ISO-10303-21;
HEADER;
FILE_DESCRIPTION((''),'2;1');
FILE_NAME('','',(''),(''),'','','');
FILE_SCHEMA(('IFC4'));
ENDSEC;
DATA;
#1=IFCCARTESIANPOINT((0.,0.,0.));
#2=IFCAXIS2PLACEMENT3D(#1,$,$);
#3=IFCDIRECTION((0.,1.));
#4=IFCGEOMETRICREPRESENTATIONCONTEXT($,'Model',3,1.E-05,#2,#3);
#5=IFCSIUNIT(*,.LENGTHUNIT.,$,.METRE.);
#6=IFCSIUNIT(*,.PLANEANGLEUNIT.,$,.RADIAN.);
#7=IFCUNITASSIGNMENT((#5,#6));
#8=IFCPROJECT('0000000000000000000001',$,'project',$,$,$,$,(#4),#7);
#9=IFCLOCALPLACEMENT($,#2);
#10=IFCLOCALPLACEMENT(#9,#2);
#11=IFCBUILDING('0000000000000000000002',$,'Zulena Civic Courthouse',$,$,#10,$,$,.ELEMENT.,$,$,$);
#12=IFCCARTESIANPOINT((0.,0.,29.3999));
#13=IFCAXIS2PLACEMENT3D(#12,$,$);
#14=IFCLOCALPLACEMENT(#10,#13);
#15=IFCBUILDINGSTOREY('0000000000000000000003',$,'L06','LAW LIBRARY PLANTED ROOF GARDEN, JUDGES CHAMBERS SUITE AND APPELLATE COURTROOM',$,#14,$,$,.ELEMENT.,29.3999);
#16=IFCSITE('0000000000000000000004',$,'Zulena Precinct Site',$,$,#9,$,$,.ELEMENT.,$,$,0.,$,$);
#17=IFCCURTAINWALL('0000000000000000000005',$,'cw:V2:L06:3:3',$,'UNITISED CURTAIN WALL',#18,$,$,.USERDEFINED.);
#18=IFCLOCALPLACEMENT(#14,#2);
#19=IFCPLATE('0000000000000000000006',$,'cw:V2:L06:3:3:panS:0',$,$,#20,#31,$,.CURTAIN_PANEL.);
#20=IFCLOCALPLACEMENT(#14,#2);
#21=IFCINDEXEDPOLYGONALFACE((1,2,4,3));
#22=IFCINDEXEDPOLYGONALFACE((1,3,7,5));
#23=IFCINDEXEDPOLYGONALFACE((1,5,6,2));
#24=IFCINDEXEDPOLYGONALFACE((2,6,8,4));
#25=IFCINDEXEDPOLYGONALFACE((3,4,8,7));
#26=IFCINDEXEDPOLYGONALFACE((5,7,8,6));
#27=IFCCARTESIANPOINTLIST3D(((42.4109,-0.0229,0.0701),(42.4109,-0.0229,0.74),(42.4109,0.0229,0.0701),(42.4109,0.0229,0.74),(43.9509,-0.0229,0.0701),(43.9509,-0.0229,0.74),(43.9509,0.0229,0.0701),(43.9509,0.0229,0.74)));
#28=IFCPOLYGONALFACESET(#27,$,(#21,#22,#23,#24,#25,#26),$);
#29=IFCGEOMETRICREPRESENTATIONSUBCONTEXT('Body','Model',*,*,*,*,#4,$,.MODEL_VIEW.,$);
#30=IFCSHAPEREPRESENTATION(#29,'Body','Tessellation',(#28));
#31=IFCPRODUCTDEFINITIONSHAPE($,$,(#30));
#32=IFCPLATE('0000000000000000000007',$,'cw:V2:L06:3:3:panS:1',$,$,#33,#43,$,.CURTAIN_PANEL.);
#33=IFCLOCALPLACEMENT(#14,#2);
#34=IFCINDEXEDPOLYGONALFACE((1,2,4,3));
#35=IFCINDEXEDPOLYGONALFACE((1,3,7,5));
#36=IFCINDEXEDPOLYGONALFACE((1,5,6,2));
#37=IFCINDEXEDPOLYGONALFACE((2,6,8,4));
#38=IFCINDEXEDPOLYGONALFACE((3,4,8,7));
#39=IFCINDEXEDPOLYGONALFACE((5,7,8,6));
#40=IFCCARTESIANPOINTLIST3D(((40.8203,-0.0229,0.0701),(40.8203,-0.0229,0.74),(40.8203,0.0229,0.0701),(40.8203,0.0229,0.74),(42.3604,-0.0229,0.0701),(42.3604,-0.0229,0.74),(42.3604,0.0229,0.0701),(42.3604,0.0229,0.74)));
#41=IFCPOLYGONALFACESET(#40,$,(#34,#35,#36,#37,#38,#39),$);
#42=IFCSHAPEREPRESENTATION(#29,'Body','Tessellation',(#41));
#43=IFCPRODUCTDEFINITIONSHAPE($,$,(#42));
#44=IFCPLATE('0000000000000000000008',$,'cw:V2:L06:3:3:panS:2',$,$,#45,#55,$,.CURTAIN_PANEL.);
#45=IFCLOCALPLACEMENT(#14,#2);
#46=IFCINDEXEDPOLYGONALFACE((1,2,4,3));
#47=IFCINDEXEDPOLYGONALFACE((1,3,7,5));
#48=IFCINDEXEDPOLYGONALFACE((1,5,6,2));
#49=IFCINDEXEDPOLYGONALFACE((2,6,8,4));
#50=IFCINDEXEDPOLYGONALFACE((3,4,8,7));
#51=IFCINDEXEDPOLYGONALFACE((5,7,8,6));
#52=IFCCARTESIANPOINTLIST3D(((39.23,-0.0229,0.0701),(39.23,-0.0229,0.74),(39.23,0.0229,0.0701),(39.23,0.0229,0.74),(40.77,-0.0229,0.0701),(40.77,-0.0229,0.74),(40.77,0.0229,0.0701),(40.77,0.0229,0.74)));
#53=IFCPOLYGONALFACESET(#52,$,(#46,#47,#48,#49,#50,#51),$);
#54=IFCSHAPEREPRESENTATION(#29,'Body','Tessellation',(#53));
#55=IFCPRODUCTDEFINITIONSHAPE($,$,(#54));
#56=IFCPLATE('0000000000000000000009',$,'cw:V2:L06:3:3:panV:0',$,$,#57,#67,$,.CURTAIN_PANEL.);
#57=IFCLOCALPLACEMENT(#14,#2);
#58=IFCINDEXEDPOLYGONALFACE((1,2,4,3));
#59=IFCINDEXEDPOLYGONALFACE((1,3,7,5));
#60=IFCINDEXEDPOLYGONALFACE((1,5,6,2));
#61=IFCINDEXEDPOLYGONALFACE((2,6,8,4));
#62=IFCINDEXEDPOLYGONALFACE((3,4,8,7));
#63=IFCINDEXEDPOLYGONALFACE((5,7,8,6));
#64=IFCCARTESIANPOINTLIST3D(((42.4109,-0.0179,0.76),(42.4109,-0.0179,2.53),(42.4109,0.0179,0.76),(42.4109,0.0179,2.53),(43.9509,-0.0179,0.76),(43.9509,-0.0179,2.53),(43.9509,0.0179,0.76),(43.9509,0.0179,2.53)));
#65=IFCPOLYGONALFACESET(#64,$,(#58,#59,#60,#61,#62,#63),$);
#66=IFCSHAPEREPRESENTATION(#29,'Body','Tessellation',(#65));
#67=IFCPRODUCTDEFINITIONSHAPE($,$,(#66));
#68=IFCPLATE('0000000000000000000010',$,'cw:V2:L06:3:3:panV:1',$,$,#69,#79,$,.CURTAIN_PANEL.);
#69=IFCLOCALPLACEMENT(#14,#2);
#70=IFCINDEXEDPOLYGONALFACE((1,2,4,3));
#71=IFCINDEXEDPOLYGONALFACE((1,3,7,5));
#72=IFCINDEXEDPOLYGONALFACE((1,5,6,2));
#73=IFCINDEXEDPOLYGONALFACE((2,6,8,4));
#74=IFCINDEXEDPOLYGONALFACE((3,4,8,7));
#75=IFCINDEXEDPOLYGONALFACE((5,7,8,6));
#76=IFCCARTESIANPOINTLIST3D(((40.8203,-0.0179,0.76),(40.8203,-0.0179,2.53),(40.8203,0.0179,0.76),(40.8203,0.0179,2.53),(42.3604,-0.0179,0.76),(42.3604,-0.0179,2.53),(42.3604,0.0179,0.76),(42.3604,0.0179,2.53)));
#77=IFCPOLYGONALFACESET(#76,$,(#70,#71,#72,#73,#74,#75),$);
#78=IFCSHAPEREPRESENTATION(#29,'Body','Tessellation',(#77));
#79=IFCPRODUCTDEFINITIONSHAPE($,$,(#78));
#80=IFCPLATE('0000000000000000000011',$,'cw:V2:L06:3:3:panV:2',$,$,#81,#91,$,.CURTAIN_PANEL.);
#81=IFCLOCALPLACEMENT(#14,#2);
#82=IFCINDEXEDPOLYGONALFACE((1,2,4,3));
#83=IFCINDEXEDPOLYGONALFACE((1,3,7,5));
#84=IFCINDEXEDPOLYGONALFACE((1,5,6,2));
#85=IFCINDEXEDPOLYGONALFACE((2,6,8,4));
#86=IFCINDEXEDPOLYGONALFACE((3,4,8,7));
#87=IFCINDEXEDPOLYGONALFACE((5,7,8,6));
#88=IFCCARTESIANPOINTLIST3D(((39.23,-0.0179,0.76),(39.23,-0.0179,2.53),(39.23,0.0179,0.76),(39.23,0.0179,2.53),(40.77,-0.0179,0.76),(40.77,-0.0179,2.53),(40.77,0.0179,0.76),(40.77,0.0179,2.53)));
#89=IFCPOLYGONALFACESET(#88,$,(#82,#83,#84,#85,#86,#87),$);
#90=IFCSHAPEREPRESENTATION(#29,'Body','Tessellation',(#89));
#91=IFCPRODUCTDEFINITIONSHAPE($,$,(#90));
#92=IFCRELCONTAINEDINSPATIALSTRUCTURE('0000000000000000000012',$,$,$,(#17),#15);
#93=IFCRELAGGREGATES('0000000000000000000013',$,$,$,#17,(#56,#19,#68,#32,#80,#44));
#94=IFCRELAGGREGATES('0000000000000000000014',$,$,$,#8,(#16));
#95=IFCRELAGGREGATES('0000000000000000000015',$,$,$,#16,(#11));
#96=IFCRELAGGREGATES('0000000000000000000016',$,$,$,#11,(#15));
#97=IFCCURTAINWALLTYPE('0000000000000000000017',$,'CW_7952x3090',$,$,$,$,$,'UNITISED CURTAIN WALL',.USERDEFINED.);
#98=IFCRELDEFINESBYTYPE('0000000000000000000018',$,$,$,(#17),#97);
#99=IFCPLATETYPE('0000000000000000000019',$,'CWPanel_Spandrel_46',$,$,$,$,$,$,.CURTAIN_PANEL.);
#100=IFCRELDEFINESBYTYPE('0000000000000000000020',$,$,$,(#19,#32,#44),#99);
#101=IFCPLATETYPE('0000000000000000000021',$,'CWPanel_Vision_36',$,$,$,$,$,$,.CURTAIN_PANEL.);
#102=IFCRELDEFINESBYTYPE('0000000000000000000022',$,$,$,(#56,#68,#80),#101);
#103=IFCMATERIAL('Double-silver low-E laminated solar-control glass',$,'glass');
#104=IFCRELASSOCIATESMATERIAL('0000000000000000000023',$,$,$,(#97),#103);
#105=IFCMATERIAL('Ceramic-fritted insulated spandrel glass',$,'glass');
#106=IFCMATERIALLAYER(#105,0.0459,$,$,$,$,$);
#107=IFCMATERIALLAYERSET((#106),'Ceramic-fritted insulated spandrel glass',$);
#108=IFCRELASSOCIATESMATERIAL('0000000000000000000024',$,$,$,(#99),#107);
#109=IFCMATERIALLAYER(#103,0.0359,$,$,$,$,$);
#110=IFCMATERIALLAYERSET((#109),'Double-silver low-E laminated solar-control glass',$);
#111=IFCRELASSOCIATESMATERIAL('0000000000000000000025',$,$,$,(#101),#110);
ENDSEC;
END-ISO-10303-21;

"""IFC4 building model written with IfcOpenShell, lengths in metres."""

from ifc_helpers import new_model, si_unit, direction, frame, origin, origin_2d, place, context, subcontext, project, spatial, rectangle, extrude, material, layer, layer_set, type_object, element, aggregate, save


model = new_model("IFC4")

# Units and contexts
model_context = context("Model", 3, precision=1e-05, world=origin(), true_north=direction((0.0, 1.0)))
body_context = subcontext(model_context, "Body", "Model", "MODEL_VIEW")
ifc_project = project(units=[si_unit("LENGTHUNIT", "METRE"), si_unit("PLANEANGLEUNIT", "RADIAN")], contexts=[model_context])

# Site, building, storey
site_placement = place(None, origin())
site = spatial("IfcSite", under=ifc_project, at=site_placement, Name="Zulena Precinct Site", CompositionType="ELEMENT", RefElevation=0.0)
building_placement = place(site_placement, origin())
building = spatial("IfcBuilding", under=site, at=building_placement, Name="Zulena Civic Courthouse", CompositionType="ELEMENT")
storey_placement = place(building_placement, frame((0.0, 0.0, 29.3999)))
storey = spatial("IfcBuildingStorey", under=building, at=storey_placement, Name="L06", Description="LAW LIBRARY PLANTED ROOF GARDEN, JUDGES CHAMBERS SUITE AND APPELLATE COURTROOM", CompositionType="ELEMENT", Elevation=29.3999)

# Curtain wall
ifc_material_1 = material(Name="Double-silver low-E laminated solar-control glass", Category="glass")
curtain_wall_type = type_object("IfcCurtainWallType", Name="CW_7952x3090", ElementType="UNITISED CURTAIN WALL", PredefinedType="USERDEFINED", material=ifc_material_1)
curtain_wall_placement = place(storey_placement, origin())
curtain_wall = element("IfcCurtainWall", 1, at=curtain_wall_placement, inside=storey, type_object=curtain_wall_type, Name="cw:V2:L06:3:3", ObjectType="UNITISED CURTAIN WALL", PredefinedType="USERDEFINED")

# Plates
ifc_material_2 = material(Name="Ceramic-fritted insulated spandrel glass", Category="glass")
ifc_layer_1 = layer(ifc_material_2, 0.0459)
ifc_layer_set_1 = layer_set([ifc_layer_1], Name="Ceramic-fritted insulated spandrel glass")
plate_type_1 = type_object("IfcPlateType", Name="CWPanel_Spandrel_46", PredefinedType="CURTAIN_PANEL", material=ifc_layer_set_1)
plate_1_placement = place(storey_placement, frame((43.1809, 0.0, 0.0701), z_axis=(0.0, 0.0, 1.0), x_axis=(-1.0, 0.0, 0.0)))
plate_1 = element("IfcPlate", 2, at=plate_1_placement, type_object=plate_type_1, Name="cw:V2:L06:3:3:panS:0", PredefinedType="CURTAIN_PANEL", context=body_context, shape_type="SweptSolid", body=[
    extrude(rectangle(XDim=1.54, YDim=0.0459, at=origin_2d()), origin(), (0.0, 0.0, 1.0), 0.6699),
])
plate_2_placement = place(storey_placement, frame((41.5903, 0.0, 0.0701), z_axis=(0.0, 0.0, 1.0), x_axis=(-1.0, 0.0, 0.0)))
plate_2 = element("IfcPlate", 3, at=plate_2_placement, type_object=plate_type_1, Name="cw:V2:L06:3:3:panS:1", PredefinedType="CURTAIN_PANEL", context=body_context, shape_type="SweptSolid", body=[
    extrude(rectangle(XDim=1.54, YDim=0.0459, at=origin_2d()), origin(), (0.0, 0.0, 1.0), 0.6699),
])
plate_3_placement = place(storey_placement, frame((40.0, 0.0, 0.0701), z_axis=(0.0, 0.0, 1.0), x_axis=(-1.0, 0.0, 0.0)))
plate_3 = element("IfcPlate", 4, at=plate_3_placement, type_object=plate_type_1, Name="cw:V2:L06:3:3:panS:2", PredefinedType="CURTAIN_PANEL", context=body_context, shape_type="SweptSolid", body=[
    extrude(rectangle(XDim=1.54, YDim=0.0459, at=origin_2d()), origin(), (0.0, 0.0, 1.0), 0.6699),
])
ifc_layer_2 = layer(ifc_material_1, 0.0359)
ifc_layer_set_2 = layer_set([ifc_layer_2], Name="Double-silver low-E laminated solar-control glass")
plate_type_2 = type_object("IfcPlateType", Name="CWPanel_Vision_36", PredefinedType="CURTAIN_PANEL", material=ifc_layer_set_2)
plate_4_placement = place(storey_placement, frame((43.1809, 0.0, 0.76), z_axis=(0.0, 0.0, 1.0), x_axis=(-1.0, 0.0, 0.0)))
plate_4 = element("IfcPlate", 5, at=plate_4_placement, type_object=plate_type_2, Name="cw:V2:L06:3:3:panV:0", PredefinedType="CURTAIN_PANEL", context=body_context, shape_type="SweptSolid", body=[
    extrude(rectangle(XDim=1.54, YDim=0.0359, at=origin_2d()), origin(), (0.0, 0.0, 1.0), 1.77),
])
plate_5_placement = place(storey_placement, frame((41.5903, 0.0, 0.76), z_axis=(0.0, 0.0, 1.0), x_axis=(-1.0, 0.0, 0.0)))
plate_5 = element("IfcPlate", 6, at=plate_5_placement, type_object=plate_type_2, Name="cw:V2:L06:3:3:panV:1", PredefinedType="CURTAIN_PANEL", context=body_context, shape_type="SweptSolid", body=[
    extrude(rectangle(XDim=1.54, YDim=0.0359, at=origin_2d()), origin(), (0.0, 0.0, 1.0), 1.77),
])
plate_6_placement = place(storey_placement, frame((40.0, 0.0, 0.76), z_axis=(0.0, 0.0, 1.0), x_axis=(-1.0, 0.0, 0.0)))
plate_6 = element("IfcPlate", 7, at=plate_6_placement, type_object=plate_type_2, Name="cw:V2:L06:3:3:panV:2", PredefinedType="CURTAIN_PANEL", context=body_context, shape_type="SweptSolid", body=[
    extrude(rectangle(XDim=1.54, YDim=0.0359, at=origin_2d()), origin(), (0.0, 0.0, 1.0), 1.77),
])
aggregate(curtain_wall, [plate_4, plate_1, plate_5, plate_2, plate_6, plate_3])

save(model, "model.ifc")
